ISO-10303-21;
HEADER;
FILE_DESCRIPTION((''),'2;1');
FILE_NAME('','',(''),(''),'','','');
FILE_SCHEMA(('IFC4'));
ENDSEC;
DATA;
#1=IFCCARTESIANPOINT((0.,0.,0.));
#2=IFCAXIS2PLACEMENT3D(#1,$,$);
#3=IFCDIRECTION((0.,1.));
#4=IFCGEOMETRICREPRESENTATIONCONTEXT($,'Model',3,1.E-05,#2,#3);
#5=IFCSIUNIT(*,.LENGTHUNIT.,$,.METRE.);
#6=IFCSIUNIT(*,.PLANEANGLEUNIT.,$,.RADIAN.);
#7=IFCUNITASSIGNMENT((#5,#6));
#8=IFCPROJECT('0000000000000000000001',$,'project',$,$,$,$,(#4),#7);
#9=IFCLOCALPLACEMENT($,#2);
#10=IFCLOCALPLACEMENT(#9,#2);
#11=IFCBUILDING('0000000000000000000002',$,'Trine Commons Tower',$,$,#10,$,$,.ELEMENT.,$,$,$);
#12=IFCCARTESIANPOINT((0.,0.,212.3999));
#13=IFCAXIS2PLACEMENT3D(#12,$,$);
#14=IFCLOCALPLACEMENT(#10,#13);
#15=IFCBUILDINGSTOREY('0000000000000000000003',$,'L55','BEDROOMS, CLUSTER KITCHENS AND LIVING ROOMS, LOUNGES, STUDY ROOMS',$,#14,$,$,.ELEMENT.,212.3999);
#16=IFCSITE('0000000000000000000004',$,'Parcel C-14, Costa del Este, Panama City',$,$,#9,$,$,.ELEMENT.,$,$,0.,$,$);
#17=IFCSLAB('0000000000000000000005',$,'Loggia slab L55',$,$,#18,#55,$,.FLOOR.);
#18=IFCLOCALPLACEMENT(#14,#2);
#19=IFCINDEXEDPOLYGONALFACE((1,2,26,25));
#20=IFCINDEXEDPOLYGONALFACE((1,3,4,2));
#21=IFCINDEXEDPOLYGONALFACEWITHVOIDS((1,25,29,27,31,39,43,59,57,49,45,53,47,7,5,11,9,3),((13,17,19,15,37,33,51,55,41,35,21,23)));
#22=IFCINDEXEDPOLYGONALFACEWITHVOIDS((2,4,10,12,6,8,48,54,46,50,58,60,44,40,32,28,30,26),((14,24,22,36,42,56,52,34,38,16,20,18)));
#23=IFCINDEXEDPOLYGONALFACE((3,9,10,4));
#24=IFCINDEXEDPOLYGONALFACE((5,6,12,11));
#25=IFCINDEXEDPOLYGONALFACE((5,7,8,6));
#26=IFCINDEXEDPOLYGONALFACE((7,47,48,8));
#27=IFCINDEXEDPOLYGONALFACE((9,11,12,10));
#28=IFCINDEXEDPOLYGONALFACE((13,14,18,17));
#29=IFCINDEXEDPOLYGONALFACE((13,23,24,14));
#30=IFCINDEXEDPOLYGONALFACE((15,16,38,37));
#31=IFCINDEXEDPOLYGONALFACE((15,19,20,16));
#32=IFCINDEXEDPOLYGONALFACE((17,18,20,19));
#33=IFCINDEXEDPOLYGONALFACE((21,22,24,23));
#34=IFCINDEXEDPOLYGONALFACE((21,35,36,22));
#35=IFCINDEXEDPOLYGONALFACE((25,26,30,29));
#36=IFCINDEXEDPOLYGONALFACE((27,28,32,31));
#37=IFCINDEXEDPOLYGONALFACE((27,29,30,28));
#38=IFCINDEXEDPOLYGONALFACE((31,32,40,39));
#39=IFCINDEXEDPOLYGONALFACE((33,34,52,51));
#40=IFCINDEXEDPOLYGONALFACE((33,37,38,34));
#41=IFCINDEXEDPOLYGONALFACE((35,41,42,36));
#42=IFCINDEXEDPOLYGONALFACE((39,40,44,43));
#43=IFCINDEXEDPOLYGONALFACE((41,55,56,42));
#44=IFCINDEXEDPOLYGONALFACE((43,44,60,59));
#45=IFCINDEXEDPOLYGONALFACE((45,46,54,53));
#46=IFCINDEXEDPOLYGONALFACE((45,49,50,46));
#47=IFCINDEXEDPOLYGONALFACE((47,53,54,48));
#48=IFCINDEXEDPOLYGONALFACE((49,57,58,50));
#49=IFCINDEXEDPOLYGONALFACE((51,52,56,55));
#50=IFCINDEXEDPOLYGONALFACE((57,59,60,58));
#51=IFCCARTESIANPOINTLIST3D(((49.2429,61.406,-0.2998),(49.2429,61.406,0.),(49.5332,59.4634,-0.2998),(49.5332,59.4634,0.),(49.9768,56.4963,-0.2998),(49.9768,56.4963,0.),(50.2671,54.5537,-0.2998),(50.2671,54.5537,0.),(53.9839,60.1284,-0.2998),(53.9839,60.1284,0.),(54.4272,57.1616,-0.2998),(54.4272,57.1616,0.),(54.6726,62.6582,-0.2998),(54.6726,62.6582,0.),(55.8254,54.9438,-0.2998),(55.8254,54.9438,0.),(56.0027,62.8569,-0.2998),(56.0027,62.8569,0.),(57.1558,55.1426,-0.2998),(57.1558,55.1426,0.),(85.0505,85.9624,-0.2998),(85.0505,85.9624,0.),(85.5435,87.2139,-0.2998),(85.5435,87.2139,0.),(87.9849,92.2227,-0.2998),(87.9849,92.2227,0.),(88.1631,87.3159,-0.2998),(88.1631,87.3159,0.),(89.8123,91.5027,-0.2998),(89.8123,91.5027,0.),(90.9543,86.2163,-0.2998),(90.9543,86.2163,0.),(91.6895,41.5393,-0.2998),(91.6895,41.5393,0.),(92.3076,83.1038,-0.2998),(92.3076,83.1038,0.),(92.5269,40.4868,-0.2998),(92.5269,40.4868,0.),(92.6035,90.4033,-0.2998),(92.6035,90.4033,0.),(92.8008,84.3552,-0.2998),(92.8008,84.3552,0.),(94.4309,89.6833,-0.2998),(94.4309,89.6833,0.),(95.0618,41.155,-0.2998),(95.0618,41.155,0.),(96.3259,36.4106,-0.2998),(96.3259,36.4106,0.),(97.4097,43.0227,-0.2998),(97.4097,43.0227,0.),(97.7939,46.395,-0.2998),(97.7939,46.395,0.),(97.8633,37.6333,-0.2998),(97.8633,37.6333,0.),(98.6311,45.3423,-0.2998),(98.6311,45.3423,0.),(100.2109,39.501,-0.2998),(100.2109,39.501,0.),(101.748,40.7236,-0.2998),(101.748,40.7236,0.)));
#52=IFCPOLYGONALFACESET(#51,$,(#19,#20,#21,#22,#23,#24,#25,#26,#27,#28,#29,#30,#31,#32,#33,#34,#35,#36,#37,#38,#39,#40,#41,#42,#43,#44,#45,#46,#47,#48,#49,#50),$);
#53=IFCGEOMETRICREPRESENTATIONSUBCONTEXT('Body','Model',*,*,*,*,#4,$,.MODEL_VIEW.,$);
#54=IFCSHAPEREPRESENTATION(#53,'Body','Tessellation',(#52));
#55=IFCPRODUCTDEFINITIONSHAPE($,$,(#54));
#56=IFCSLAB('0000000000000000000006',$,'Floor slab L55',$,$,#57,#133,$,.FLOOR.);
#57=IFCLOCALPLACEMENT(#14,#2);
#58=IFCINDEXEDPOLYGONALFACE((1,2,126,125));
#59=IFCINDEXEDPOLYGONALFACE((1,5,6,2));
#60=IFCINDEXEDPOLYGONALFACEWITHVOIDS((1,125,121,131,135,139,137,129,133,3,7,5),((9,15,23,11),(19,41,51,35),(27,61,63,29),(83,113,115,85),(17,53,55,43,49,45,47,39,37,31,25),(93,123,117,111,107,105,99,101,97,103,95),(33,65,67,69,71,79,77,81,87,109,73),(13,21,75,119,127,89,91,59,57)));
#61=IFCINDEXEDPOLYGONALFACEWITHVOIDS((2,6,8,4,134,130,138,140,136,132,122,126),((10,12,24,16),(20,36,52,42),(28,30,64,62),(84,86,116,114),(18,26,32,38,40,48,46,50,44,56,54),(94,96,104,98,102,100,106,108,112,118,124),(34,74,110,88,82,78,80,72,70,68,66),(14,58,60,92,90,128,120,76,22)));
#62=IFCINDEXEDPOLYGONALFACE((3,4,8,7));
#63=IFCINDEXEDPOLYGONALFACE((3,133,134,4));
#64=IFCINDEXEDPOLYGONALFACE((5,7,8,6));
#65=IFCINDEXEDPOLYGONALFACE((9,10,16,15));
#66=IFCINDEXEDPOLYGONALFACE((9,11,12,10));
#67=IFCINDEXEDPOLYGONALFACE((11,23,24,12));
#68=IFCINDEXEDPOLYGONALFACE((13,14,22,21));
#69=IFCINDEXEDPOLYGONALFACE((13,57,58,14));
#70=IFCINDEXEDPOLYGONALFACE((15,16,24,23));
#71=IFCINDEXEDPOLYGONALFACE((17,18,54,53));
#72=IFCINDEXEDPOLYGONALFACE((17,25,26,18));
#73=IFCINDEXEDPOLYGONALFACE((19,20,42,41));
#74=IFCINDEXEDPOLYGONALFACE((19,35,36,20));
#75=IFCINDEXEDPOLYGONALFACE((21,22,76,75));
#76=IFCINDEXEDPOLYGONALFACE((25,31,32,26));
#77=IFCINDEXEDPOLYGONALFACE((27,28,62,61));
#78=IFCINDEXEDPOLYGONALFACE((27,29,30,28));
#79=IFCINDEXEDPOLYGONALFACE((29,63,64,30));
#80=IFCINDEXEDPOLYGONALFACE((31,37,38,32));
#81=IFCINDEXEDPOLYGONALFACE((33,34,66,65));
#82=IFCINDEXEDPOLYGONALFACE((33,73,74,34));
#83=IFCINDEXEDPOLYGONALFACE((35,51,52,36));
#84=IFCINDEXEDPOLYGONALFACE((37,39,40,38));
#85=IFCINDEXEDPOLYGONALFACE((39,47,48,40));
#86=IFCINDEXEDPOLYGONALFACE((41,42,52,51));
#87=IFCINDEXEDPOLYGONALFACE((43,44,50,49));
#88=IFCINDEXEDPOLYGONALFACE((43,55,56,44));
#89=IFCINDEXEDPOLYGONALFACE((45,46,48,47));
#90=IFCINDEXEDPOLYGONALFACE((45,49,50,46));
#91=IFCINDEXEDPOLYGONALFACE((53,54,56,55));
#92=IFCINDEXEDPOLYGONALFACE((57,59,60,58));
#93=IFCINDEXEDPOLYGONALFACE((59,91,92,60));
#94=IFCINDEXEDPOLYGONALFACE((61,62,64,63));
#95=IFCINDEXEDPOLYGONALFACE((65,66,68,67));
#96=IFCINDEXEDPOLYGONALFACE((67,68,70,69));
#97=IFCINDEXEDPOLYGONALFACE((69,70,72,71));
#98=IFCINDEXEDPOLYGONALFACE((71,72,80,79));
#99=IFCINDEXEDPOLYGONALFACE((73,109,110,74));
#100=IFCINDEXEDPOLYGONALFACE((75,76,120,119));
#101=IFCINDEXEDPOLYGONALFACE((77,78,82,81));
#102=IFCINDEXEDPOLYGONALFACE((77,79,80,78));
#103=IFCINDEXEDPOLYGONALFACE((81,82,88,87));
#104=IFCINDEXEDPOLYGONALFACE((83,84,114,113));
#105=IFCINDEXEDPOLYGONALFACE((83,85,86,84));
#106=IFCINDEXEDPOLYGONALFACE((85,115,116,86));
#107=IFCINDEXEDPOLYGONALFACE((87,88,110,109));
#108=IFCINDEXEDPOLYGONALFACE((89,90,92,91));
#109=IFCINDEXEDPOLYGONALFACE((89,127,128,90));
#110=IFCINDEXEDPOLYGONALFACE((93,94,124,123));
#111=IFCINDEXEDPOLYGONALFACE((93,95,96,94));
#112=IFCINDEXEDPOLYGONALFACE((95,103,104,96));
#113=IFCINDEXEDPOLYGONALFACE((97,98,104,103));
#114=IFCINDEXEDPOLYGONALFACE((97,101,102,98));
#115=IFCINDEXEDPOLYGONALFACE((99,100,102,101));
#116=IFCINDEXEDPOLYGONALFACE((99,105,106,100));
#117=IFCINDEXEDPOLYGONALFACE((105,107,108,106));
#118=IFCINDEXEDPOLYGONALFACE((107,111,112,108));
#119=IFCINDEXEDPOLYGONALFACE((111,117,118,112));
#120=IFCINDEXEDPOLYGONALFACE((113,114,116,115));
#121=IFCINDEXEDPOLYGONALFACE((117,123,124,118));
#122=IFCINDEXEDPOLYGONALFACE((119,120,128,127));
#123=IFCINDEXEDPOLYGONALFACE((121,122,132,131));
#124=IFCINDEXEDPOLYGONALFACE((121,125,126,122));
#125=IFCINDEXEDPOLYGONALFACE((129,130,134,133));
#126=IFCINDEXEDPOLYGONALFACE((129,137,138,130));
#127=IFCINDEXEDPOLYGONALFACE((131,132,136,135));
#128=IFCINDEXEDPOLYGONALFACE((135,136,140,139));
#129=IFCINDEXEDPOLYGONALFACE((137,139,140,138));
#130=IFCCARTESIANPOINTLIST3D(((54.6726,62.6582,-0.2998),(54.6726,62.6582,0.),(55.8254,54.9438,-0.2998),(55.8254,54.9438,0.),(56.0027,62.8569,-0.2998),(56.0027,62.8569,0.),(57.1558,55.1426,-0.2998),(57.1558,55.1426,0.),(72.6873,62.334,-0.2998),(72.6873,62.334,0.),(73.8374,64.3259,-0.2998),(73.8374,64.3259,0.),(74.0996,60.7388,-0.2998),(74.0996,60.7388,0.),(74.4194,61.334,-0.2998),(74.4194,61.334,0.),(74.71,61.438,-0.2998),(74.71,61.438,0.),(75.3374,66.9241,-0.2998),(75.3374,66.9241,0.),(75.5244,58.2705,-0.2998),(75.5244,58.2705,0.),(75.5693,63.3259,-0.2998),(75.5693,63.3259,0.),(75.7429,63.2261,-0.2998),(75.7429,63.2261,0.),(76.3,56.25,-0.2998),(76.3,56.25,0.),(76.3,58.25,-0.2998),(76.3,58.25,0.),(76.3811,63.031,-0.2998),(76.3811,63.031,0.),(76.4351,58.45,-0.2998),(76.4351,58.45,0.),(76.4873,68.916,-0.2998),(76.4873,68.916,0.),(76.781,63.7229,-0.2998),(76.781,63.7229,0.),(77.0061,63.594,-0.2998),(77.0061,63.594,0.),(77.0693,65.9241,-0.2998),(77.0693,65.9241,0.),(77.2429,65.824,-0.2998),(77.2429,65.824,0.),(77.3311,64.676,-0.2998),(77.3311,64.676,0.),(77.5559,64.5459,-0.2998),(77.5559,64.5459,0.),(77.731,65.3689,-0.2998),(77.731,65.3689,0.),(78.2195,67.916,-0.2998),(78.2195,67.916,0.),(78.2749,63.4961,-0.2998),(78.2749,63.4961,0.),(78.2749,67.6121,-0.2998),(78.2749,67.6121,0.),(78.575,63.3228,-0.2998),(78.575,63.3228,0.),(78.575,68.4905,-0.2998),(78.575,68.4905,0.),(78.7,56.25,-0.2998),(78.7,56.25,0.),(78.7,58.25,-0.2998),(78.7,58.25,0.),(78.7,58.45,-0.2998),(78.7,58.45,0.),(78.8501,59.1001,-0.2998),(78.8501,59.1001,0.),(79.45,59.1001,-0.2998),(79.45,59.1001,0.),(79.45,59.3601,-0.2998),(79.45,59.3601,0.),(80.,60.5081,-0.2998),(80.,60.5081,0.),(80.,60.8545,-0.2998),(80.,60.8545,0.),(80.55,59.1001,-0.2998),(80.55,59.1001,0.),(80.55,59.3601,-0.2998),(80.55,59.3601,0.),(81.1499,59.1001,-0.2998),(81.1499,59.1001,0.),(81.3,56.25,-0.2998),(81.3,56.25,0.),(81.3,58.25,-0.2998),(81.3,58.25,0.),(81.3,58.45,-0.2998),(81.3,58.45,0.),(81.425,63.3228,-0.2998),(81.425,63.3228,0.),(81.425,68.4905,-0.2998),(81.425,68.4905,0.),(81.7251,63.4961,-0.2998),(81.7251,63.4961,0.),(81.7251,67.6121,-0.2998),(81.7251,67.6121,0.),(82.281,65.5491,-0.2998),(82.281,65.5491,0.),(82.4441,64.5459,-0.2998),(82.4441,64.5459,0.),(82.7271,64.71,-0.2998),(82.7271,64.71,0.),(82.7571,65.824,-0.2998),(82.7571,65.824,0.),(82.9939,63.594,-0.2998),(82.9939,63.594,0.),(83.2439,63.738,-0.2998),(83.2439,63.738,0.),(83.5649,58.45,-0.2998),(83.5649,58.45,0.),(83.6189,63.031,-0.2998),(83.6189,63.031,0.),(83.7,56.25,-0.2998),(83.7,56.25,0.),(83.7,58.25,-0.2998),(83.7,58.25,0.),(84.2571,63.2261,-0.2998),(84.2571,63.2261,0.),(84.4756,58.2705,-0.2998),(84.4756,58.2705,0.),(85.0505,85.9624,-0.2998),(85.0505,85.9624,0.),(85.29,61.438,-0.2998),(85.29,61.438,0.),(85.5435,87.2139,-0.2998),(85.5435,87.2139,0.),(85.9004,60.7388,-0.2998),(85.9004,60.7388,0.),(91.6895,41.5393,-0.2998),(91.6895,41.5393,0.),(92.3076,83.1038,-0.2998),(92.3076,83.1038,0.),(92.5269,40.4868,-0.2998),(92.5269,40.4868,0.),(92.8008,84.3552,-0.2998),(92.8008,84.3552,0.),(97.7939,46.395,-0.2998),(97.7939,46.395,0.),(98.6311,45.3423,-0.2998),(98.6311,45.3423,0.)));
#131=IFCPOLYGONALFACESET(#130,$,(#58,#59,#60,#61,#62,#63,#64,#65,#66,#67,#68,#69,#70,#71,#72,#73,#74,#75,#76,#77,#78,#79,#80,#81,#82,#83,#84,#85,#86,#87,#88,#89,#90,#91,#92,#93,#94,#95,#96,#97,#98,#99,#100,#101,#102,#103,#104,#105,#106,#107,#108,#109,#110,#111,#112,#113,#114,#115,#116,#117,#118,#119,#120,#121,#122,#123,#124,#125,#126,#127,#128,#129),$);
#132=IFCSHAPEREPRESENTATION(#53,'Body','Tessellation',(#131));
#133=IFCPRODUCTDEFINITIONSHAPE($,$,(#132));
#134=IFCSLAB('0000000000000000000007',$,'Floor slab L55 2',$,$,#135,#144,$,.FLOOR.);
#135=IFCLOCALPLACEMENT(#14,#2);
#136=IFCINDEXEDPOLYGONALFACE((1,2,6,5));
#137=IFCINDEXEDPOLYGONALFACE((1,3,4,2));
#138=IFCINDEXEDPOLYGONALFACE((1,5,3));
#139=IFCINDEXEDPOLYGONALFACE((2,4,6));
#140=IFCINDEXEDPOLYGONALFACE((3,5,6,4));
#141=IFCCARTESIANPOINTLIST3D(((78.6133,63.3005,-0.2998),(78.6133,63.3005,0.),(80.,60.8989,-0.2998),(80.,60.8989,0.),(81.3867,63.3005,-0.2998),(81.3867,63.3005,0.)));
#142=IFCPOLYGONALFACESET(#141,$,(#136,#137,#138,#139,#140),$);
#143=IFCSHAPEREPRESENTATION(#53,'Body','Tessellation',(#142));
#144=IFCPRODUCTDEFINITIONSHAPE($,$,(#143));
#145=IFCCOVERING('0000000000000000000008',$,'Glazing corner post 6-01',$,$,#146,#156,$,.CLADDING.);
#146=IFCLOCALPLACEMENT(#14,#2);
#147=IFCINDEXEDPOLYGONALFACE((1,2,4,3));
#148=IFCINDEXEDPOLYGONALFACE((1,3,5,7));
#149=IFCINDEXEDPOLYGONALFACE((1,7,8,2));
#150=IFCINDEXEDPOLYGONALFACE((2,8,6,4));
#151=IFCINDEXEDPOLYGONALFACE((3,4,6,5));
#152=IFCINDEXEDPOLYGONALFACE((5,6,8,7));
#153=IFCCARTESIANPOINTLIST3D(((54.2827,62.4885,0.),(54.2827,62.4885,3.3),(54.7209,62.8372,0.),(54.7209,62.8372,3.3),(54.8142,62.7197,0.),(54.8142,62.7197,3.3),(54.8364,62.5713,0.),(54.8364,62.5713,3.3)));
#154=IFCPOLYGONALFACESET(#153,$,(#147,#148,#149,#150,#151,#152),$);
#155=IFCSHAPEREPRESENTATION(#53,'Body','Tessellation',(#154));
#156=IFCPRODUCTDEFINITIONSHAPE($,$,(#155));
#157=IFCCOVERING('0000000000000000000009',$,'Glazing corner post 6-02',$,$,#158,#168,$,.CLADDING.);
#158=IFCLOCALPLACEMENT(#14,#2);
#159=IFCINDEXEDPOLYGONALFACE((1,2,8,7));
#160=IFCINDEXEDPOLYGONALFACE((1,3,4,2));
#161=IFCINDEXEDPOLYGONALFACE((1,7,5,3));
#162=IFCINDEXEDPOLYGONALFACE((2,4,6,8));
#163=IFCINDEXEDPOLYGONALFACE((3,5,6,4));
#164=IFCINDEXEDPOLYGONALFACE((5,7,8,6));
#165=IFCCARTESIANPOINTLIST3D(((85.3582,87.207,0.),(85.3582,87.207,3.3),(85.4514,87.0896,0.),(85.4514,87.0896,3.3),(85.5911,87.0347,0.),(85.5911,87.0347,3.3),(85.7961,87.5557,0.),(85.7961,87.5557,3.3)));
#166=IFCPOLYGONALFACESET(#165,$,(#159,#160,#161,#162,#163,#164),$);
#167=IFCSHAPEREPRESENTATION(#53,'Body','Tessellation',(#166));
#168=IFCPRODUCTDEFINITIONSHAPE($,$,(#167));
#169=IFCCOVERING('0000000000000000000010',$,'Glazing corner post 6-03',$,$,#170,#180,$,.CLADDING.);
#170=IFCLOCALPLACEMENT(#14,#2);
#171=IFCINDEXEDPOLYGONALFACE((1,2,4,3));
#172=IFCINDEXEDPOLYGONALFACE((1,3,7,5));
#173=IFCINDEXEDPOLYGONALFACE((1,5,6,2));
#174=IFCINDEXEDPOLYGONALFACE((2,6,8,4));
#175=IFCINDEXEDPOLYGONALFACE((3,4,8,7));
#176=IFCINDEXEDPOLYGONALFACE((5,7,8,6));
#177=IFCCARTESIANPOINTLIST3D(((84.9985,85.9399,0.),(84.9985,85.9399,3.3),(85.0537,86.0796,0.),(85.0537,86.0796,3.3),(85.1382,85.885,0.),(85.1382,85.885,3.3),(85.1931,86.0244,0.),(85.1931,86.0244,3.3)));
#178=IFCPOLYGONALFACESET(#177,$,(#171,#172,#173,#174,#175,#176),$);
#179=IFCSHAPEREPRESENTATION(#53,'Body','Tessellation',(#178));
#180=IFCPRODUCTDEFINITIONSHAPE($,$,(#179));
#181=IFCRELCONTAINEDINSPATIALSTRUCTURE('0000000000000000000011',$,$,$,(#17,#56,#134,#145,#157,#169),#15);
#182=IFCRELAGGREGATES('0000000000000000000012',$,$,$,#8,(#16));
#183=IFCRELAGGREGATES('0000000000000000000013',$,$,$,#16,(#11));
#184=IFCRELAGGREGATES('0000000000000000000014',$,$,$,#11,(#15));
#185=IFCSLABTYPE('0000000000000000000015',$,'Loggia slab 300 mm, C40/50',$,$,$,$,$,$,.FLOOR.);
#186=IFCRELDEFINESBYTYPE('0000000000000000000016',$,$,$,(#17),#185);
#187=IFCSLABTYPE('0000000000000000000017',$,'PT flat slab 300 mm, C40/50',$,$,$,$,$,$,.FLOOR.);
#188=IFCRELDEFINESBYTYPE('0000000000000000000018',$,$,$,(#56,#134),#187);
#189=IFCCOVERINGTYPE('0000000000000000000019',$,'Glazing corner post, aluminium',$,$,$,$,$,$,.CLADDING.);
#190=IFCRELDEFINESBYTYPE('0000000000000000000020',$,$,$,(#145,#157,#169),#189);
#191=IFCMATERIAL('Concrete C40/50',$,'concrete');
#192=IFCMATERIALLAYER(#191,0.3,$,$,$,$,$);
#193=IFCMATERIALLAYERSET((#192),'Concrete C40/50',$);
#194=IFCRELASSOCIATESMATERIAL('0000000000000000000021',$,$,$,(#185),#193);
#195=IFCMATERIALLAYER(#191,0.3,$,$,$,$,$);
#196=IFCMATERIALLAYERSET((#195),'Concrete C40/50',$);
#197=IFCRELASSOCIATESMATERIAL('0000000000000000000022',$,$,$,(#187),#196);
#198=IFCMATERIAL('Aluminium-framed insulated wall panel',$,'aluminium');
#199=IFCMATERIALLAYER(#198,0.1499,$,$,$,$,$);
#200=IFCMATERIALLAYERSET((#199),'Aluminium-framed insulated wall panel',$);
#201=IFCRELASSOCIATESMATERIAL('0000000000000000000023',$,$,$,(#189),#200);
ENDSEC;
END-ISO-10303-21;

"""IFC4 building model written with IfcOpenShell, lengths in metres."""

from ifc_helpers import new_model, si_unit, direction, frame, origin, place, context, subcontext, project, spatial, polyline, outline, extrude, material, layer, layer_set, type_object, element, save


model = new_model("IFC4")

# Units and contexts
model_context = context("Model", 3, precision=1e-05, world=origin(), true_north=direction((0.0, 1.0)))
body_context = subcontext(model_context, "Body", "Model", "MODEL_VIEW")
ifc_project = project(units=[si_unit("LENGTHUNIT", "METRE"), si_unit("PLANEANGLEUNIT", "RADIAN")], contexts=[model_context])

# Site, building, storey
site_placement = place(None, origin())
site = spatial("IfcSite", under=ifc_project, at=site_placement, Name="Parcel C-14, Costa del Este, Panama City", CompositionType="ELEMENT", RefElevation=0.0)
building_placement = place(site_placement, origin())
building = spatial("IfcBuilding", under=site, at=building_placement, Name="Trine Commons Tower", CompositionType="ELEMENT")
storey_placement = place(building_placement, frame((0.0, 0.0, 212.3999)))
storey = spatial("IfcBuildingStorey", under=building, at=storey_placement, Name="L55", Description="BEDROOMS, CLUSTER KITCHENS AND LIVING ROOMS, LOUNGES, STUDY ROOMS", CompositionType="ELEMENT", Elevation=212.3999)

# Slabs
ifc_material_1 = material(Name="Concrete C40/50", Category="concrete")
ifc_layer_1 = layer(ifc_material_1, 0.3)
ifc_layer_set_1 = layer_set([ifc_layer_1], Name="Concrete C40/50")
slab_type_1 = type_object("IfcSlabType", Name="Loggia slab 300 mm, C40/50", PredefinedType="FLOOR", material=ifc_layer_set_1)
slab_1_placement = place(storey_placement, frame((0.0, 0.0, -0.2998)))
element("IfcSlab", 1, at=slab_1_placement, inside=storey, type_object=slab_type_1, Name="Loggia slab L55", PredefinedType="FLOOR", context=body_context, shape_type="SweptSolid", body=[
    extrude(outline(polyline([(101.748, 40.7236), (94.4309, 89.6833), (92.6035, 90.4033), (90.9543, 86.2163), (88.1631, 87.3159), (89.8123, 91.5027), (87.9849, 92.2227), (49.2429, 61.406), (49.5332, 59.4634), (53.9839, 60.1284), (54.4272, 57.1616), (49.9768, 56.4963), (50.2671, 54.5537), (96.3259, 36.4106), (97.8633, 37.6333), (95.0618, 41.155), (97.4097, 43.0227), (100.2109, 39.501), (101.748, 40.7236)]), holes=[polyline([(56.0027, 62.8569), (57.1558, 55.1426), (55.8254, 54.9438), (92.5269, 40.4868), (91.6895, 41.5393), (97.7939, 46.395), (98.6311, 45.3423), (92.8008, 84.3552), (92.3076, 83.1038), (85.0505, 85.9624), (85.5435, 87.2139), (54.6726, 62.6582), (56.0027, 62.8569)])]), origin(), (0.0, 0.0, 1.0), 0.2998),
])
ifc_layer_2 = layer(ifc_material_1, 0.3)
ifc_layer_set_2 = layer_set([ifc_layer_2], Name="Concrete C40/50")
slab_type_2 = type_object("IfcSlabType", Name="PT flat slab 300 mm, C40/50", PredefinedType="FLOOR", material=ifc_layer_set_2)
slab_2_placement = place(storey_placement, frame((0.0, 0.0, -0.2998)))
element("IfcSlab", 2, at=slab_2_placement, inside=storey, type_object=slab_type_2, Name="Floor slab L55", PredefinedType="FLOOR", context=body_context, shape_type="SweptSolid", body=[
    extrude(outline(polyline([(54.6726, 62.6582), (56.0027, 62.8569), (57.1558, 55.1426), (55.8254, 54.9438), (92.5269, 40.4868), (91.6895, 41.5393), (97.7939, 46.395), (98.6311, 45.3423), (92.8008, 84.3552), (92.3076, 83.1038), (85.0505, 85.9624), (85.5435, 87.2139), (54.6726, 62.6582)]), holes=[polyline([(78.7, 56.25), (78.7, 58.25), (76.3, 58.25), (76.3, 56.25), (78.7, 56.25)]), polyline([(83.7, 56.25), (83.7, 58.25), (81.3, 58.25), (81.3, 56.25), (83.7, 56.25)]), polyline([(81.3, 58.45), (83.5649, 58.45), (80.0, 60.5081), (76.4351, 58.45), (78.7, 58.45), (78.8501, 59.1001), (79.45, 59.1001), (79.45, 59.3601), (80.55, 59.3601), (80.55, 59.1001), (81.1499, 59.1001), (81.3, 58.45)]), polyline([(81.425, 63.3228), (81.425, 68.4905), (78.575, 68.4905), (78.575, 63.3228), (74.0996, 60.7388), (75.5244, 58.2705), (80.0, 60.8545), (84.4756, 58.2705), (85.9004, 60.7388), (81.425, 63.3228)]), polyline([(72.6873, 62.334), (74.4194, 61.334), (75.5693, 63.3259), (73.8374, 64.3259), (72.6873, 62.334)]), polyline([(76.3811, 63.031), (75.7429, 63.2261), (74.71, 61.438), (78.2749, 63.4961), (78.2749, 67.6121), (77.2429, 65.824), (77.731, 65.3689), (77.3311, 64.676), (77.5559, 64.5459), (77.0061, 63.594), (76.781, 63.7229), (76.3811, 63.031)]), polyline([(82.9939, 63.594), (82.4441, 64.5459), (82.7271, 64.71), (82.281, 65.5491), (82.7571, 65.824), (81.7251, 67.6121), (81.7251, 63.4961), (85.29, 61.438), (84.2571, 63.2261), (83.6189, 63.031), (83.2439, 63.738), (82.9939, 63.594)]), polyline([(76.4873, 68.916), (75.3374, 66.9241), (77.0693, 65.9241), (78.2195, 67.916), (76.4873, 68.916)])]), origin(), (0.0, 0.0, 1.0), 0.2998),
])
slab_3_placement = place(storey_placement, frame((0.0, 0.0, -0.2998)))
element("IfcSlab", 3, at=slab_3_placement, inside=storey, type_object=slab_type_2, Name="Floor slab L55 2", PredefinedType="FLOOR", context=body_context, shape_type="SweptSolid", body=[
    extrude(outline(polyline([(81.3867, 63.3005), (78.6133, 63.3005), (80.0, 60.8989), (81.3867, 63.3005)])), origin(), (0.0, 0.0, 1.0), 0.2998),
])

# Coverings
ifc_material_2 = material(Name="Aluminium-framed insulated wall panel", Category="aluminium")
ifc_layer_3 = layer(ifc_material_2, 0.1499)
ifc_layer_set_3 = layer_set([ifc_layer_3], Name="Aluminium-framed insulated wall panel")
covering_type_1 = type_object("IfcCoveringType", Name="Glazing corner post, aluminium", PredefinedType="CLADDING", material=ifc_layer_set_3)
covering_1_placement = place(storey_placement, origin())
element("IfcCovering", 4, at=covering_1_placement, inside=storey, type_object=covering_type_1, Name="Glazing corner post 6-01", PredefinedType="CLADDING", context=body_context, shape_type="SweptSolid", body=[
    extrude(outline(polyline([(54.8364, 62.5713), (54.8142, 62.7197), (54.7209, 62.8372), (54.2827, 62.4885), (54.8364, 62.5713)])), origin(), (0.0, 0.0, 1.0), 3.3),
])
covering_2_placement = place(storey_placement, origin())
element("IfcCovering", 5, at=covering_2_placement, inside=storey, type_object=covering_type_1, Name="Glazing corner post 6-02", PredefinedType="CLADDING", context=body_context, shape_type="SweptSolid", body=[
    extrude(outline(polyline([(85.4514, 87.0896), (85.4514, 87.0896), (85.5911, 87.0347), (85.7961, 87.5557), (85.3582, 87.207), (85.4514, 87.0896)])), origin(), (0.0, 0.0, 1.0), 3.3),
])
covering_3_placement = place(storey_placement, origin())
element("IfcCovering", 6, at=covering_3_placement, inside=storey, type_object=covering_type_1, Name="Glazing corner post 6-03", PredefinedType="CLADDING", context=body_context, shape_type="SweptSolid", body=[
    extrude(outline(polyline([(85.1382, 85.885), (85.1931, 86.0244), (85.0537, 86.0796), (84.9985, 85.9399), (85.1382, 85.885)])), origin(), (0.0, 0.0, 1.0), 3.3),
])

save(model, "model.ifc")
